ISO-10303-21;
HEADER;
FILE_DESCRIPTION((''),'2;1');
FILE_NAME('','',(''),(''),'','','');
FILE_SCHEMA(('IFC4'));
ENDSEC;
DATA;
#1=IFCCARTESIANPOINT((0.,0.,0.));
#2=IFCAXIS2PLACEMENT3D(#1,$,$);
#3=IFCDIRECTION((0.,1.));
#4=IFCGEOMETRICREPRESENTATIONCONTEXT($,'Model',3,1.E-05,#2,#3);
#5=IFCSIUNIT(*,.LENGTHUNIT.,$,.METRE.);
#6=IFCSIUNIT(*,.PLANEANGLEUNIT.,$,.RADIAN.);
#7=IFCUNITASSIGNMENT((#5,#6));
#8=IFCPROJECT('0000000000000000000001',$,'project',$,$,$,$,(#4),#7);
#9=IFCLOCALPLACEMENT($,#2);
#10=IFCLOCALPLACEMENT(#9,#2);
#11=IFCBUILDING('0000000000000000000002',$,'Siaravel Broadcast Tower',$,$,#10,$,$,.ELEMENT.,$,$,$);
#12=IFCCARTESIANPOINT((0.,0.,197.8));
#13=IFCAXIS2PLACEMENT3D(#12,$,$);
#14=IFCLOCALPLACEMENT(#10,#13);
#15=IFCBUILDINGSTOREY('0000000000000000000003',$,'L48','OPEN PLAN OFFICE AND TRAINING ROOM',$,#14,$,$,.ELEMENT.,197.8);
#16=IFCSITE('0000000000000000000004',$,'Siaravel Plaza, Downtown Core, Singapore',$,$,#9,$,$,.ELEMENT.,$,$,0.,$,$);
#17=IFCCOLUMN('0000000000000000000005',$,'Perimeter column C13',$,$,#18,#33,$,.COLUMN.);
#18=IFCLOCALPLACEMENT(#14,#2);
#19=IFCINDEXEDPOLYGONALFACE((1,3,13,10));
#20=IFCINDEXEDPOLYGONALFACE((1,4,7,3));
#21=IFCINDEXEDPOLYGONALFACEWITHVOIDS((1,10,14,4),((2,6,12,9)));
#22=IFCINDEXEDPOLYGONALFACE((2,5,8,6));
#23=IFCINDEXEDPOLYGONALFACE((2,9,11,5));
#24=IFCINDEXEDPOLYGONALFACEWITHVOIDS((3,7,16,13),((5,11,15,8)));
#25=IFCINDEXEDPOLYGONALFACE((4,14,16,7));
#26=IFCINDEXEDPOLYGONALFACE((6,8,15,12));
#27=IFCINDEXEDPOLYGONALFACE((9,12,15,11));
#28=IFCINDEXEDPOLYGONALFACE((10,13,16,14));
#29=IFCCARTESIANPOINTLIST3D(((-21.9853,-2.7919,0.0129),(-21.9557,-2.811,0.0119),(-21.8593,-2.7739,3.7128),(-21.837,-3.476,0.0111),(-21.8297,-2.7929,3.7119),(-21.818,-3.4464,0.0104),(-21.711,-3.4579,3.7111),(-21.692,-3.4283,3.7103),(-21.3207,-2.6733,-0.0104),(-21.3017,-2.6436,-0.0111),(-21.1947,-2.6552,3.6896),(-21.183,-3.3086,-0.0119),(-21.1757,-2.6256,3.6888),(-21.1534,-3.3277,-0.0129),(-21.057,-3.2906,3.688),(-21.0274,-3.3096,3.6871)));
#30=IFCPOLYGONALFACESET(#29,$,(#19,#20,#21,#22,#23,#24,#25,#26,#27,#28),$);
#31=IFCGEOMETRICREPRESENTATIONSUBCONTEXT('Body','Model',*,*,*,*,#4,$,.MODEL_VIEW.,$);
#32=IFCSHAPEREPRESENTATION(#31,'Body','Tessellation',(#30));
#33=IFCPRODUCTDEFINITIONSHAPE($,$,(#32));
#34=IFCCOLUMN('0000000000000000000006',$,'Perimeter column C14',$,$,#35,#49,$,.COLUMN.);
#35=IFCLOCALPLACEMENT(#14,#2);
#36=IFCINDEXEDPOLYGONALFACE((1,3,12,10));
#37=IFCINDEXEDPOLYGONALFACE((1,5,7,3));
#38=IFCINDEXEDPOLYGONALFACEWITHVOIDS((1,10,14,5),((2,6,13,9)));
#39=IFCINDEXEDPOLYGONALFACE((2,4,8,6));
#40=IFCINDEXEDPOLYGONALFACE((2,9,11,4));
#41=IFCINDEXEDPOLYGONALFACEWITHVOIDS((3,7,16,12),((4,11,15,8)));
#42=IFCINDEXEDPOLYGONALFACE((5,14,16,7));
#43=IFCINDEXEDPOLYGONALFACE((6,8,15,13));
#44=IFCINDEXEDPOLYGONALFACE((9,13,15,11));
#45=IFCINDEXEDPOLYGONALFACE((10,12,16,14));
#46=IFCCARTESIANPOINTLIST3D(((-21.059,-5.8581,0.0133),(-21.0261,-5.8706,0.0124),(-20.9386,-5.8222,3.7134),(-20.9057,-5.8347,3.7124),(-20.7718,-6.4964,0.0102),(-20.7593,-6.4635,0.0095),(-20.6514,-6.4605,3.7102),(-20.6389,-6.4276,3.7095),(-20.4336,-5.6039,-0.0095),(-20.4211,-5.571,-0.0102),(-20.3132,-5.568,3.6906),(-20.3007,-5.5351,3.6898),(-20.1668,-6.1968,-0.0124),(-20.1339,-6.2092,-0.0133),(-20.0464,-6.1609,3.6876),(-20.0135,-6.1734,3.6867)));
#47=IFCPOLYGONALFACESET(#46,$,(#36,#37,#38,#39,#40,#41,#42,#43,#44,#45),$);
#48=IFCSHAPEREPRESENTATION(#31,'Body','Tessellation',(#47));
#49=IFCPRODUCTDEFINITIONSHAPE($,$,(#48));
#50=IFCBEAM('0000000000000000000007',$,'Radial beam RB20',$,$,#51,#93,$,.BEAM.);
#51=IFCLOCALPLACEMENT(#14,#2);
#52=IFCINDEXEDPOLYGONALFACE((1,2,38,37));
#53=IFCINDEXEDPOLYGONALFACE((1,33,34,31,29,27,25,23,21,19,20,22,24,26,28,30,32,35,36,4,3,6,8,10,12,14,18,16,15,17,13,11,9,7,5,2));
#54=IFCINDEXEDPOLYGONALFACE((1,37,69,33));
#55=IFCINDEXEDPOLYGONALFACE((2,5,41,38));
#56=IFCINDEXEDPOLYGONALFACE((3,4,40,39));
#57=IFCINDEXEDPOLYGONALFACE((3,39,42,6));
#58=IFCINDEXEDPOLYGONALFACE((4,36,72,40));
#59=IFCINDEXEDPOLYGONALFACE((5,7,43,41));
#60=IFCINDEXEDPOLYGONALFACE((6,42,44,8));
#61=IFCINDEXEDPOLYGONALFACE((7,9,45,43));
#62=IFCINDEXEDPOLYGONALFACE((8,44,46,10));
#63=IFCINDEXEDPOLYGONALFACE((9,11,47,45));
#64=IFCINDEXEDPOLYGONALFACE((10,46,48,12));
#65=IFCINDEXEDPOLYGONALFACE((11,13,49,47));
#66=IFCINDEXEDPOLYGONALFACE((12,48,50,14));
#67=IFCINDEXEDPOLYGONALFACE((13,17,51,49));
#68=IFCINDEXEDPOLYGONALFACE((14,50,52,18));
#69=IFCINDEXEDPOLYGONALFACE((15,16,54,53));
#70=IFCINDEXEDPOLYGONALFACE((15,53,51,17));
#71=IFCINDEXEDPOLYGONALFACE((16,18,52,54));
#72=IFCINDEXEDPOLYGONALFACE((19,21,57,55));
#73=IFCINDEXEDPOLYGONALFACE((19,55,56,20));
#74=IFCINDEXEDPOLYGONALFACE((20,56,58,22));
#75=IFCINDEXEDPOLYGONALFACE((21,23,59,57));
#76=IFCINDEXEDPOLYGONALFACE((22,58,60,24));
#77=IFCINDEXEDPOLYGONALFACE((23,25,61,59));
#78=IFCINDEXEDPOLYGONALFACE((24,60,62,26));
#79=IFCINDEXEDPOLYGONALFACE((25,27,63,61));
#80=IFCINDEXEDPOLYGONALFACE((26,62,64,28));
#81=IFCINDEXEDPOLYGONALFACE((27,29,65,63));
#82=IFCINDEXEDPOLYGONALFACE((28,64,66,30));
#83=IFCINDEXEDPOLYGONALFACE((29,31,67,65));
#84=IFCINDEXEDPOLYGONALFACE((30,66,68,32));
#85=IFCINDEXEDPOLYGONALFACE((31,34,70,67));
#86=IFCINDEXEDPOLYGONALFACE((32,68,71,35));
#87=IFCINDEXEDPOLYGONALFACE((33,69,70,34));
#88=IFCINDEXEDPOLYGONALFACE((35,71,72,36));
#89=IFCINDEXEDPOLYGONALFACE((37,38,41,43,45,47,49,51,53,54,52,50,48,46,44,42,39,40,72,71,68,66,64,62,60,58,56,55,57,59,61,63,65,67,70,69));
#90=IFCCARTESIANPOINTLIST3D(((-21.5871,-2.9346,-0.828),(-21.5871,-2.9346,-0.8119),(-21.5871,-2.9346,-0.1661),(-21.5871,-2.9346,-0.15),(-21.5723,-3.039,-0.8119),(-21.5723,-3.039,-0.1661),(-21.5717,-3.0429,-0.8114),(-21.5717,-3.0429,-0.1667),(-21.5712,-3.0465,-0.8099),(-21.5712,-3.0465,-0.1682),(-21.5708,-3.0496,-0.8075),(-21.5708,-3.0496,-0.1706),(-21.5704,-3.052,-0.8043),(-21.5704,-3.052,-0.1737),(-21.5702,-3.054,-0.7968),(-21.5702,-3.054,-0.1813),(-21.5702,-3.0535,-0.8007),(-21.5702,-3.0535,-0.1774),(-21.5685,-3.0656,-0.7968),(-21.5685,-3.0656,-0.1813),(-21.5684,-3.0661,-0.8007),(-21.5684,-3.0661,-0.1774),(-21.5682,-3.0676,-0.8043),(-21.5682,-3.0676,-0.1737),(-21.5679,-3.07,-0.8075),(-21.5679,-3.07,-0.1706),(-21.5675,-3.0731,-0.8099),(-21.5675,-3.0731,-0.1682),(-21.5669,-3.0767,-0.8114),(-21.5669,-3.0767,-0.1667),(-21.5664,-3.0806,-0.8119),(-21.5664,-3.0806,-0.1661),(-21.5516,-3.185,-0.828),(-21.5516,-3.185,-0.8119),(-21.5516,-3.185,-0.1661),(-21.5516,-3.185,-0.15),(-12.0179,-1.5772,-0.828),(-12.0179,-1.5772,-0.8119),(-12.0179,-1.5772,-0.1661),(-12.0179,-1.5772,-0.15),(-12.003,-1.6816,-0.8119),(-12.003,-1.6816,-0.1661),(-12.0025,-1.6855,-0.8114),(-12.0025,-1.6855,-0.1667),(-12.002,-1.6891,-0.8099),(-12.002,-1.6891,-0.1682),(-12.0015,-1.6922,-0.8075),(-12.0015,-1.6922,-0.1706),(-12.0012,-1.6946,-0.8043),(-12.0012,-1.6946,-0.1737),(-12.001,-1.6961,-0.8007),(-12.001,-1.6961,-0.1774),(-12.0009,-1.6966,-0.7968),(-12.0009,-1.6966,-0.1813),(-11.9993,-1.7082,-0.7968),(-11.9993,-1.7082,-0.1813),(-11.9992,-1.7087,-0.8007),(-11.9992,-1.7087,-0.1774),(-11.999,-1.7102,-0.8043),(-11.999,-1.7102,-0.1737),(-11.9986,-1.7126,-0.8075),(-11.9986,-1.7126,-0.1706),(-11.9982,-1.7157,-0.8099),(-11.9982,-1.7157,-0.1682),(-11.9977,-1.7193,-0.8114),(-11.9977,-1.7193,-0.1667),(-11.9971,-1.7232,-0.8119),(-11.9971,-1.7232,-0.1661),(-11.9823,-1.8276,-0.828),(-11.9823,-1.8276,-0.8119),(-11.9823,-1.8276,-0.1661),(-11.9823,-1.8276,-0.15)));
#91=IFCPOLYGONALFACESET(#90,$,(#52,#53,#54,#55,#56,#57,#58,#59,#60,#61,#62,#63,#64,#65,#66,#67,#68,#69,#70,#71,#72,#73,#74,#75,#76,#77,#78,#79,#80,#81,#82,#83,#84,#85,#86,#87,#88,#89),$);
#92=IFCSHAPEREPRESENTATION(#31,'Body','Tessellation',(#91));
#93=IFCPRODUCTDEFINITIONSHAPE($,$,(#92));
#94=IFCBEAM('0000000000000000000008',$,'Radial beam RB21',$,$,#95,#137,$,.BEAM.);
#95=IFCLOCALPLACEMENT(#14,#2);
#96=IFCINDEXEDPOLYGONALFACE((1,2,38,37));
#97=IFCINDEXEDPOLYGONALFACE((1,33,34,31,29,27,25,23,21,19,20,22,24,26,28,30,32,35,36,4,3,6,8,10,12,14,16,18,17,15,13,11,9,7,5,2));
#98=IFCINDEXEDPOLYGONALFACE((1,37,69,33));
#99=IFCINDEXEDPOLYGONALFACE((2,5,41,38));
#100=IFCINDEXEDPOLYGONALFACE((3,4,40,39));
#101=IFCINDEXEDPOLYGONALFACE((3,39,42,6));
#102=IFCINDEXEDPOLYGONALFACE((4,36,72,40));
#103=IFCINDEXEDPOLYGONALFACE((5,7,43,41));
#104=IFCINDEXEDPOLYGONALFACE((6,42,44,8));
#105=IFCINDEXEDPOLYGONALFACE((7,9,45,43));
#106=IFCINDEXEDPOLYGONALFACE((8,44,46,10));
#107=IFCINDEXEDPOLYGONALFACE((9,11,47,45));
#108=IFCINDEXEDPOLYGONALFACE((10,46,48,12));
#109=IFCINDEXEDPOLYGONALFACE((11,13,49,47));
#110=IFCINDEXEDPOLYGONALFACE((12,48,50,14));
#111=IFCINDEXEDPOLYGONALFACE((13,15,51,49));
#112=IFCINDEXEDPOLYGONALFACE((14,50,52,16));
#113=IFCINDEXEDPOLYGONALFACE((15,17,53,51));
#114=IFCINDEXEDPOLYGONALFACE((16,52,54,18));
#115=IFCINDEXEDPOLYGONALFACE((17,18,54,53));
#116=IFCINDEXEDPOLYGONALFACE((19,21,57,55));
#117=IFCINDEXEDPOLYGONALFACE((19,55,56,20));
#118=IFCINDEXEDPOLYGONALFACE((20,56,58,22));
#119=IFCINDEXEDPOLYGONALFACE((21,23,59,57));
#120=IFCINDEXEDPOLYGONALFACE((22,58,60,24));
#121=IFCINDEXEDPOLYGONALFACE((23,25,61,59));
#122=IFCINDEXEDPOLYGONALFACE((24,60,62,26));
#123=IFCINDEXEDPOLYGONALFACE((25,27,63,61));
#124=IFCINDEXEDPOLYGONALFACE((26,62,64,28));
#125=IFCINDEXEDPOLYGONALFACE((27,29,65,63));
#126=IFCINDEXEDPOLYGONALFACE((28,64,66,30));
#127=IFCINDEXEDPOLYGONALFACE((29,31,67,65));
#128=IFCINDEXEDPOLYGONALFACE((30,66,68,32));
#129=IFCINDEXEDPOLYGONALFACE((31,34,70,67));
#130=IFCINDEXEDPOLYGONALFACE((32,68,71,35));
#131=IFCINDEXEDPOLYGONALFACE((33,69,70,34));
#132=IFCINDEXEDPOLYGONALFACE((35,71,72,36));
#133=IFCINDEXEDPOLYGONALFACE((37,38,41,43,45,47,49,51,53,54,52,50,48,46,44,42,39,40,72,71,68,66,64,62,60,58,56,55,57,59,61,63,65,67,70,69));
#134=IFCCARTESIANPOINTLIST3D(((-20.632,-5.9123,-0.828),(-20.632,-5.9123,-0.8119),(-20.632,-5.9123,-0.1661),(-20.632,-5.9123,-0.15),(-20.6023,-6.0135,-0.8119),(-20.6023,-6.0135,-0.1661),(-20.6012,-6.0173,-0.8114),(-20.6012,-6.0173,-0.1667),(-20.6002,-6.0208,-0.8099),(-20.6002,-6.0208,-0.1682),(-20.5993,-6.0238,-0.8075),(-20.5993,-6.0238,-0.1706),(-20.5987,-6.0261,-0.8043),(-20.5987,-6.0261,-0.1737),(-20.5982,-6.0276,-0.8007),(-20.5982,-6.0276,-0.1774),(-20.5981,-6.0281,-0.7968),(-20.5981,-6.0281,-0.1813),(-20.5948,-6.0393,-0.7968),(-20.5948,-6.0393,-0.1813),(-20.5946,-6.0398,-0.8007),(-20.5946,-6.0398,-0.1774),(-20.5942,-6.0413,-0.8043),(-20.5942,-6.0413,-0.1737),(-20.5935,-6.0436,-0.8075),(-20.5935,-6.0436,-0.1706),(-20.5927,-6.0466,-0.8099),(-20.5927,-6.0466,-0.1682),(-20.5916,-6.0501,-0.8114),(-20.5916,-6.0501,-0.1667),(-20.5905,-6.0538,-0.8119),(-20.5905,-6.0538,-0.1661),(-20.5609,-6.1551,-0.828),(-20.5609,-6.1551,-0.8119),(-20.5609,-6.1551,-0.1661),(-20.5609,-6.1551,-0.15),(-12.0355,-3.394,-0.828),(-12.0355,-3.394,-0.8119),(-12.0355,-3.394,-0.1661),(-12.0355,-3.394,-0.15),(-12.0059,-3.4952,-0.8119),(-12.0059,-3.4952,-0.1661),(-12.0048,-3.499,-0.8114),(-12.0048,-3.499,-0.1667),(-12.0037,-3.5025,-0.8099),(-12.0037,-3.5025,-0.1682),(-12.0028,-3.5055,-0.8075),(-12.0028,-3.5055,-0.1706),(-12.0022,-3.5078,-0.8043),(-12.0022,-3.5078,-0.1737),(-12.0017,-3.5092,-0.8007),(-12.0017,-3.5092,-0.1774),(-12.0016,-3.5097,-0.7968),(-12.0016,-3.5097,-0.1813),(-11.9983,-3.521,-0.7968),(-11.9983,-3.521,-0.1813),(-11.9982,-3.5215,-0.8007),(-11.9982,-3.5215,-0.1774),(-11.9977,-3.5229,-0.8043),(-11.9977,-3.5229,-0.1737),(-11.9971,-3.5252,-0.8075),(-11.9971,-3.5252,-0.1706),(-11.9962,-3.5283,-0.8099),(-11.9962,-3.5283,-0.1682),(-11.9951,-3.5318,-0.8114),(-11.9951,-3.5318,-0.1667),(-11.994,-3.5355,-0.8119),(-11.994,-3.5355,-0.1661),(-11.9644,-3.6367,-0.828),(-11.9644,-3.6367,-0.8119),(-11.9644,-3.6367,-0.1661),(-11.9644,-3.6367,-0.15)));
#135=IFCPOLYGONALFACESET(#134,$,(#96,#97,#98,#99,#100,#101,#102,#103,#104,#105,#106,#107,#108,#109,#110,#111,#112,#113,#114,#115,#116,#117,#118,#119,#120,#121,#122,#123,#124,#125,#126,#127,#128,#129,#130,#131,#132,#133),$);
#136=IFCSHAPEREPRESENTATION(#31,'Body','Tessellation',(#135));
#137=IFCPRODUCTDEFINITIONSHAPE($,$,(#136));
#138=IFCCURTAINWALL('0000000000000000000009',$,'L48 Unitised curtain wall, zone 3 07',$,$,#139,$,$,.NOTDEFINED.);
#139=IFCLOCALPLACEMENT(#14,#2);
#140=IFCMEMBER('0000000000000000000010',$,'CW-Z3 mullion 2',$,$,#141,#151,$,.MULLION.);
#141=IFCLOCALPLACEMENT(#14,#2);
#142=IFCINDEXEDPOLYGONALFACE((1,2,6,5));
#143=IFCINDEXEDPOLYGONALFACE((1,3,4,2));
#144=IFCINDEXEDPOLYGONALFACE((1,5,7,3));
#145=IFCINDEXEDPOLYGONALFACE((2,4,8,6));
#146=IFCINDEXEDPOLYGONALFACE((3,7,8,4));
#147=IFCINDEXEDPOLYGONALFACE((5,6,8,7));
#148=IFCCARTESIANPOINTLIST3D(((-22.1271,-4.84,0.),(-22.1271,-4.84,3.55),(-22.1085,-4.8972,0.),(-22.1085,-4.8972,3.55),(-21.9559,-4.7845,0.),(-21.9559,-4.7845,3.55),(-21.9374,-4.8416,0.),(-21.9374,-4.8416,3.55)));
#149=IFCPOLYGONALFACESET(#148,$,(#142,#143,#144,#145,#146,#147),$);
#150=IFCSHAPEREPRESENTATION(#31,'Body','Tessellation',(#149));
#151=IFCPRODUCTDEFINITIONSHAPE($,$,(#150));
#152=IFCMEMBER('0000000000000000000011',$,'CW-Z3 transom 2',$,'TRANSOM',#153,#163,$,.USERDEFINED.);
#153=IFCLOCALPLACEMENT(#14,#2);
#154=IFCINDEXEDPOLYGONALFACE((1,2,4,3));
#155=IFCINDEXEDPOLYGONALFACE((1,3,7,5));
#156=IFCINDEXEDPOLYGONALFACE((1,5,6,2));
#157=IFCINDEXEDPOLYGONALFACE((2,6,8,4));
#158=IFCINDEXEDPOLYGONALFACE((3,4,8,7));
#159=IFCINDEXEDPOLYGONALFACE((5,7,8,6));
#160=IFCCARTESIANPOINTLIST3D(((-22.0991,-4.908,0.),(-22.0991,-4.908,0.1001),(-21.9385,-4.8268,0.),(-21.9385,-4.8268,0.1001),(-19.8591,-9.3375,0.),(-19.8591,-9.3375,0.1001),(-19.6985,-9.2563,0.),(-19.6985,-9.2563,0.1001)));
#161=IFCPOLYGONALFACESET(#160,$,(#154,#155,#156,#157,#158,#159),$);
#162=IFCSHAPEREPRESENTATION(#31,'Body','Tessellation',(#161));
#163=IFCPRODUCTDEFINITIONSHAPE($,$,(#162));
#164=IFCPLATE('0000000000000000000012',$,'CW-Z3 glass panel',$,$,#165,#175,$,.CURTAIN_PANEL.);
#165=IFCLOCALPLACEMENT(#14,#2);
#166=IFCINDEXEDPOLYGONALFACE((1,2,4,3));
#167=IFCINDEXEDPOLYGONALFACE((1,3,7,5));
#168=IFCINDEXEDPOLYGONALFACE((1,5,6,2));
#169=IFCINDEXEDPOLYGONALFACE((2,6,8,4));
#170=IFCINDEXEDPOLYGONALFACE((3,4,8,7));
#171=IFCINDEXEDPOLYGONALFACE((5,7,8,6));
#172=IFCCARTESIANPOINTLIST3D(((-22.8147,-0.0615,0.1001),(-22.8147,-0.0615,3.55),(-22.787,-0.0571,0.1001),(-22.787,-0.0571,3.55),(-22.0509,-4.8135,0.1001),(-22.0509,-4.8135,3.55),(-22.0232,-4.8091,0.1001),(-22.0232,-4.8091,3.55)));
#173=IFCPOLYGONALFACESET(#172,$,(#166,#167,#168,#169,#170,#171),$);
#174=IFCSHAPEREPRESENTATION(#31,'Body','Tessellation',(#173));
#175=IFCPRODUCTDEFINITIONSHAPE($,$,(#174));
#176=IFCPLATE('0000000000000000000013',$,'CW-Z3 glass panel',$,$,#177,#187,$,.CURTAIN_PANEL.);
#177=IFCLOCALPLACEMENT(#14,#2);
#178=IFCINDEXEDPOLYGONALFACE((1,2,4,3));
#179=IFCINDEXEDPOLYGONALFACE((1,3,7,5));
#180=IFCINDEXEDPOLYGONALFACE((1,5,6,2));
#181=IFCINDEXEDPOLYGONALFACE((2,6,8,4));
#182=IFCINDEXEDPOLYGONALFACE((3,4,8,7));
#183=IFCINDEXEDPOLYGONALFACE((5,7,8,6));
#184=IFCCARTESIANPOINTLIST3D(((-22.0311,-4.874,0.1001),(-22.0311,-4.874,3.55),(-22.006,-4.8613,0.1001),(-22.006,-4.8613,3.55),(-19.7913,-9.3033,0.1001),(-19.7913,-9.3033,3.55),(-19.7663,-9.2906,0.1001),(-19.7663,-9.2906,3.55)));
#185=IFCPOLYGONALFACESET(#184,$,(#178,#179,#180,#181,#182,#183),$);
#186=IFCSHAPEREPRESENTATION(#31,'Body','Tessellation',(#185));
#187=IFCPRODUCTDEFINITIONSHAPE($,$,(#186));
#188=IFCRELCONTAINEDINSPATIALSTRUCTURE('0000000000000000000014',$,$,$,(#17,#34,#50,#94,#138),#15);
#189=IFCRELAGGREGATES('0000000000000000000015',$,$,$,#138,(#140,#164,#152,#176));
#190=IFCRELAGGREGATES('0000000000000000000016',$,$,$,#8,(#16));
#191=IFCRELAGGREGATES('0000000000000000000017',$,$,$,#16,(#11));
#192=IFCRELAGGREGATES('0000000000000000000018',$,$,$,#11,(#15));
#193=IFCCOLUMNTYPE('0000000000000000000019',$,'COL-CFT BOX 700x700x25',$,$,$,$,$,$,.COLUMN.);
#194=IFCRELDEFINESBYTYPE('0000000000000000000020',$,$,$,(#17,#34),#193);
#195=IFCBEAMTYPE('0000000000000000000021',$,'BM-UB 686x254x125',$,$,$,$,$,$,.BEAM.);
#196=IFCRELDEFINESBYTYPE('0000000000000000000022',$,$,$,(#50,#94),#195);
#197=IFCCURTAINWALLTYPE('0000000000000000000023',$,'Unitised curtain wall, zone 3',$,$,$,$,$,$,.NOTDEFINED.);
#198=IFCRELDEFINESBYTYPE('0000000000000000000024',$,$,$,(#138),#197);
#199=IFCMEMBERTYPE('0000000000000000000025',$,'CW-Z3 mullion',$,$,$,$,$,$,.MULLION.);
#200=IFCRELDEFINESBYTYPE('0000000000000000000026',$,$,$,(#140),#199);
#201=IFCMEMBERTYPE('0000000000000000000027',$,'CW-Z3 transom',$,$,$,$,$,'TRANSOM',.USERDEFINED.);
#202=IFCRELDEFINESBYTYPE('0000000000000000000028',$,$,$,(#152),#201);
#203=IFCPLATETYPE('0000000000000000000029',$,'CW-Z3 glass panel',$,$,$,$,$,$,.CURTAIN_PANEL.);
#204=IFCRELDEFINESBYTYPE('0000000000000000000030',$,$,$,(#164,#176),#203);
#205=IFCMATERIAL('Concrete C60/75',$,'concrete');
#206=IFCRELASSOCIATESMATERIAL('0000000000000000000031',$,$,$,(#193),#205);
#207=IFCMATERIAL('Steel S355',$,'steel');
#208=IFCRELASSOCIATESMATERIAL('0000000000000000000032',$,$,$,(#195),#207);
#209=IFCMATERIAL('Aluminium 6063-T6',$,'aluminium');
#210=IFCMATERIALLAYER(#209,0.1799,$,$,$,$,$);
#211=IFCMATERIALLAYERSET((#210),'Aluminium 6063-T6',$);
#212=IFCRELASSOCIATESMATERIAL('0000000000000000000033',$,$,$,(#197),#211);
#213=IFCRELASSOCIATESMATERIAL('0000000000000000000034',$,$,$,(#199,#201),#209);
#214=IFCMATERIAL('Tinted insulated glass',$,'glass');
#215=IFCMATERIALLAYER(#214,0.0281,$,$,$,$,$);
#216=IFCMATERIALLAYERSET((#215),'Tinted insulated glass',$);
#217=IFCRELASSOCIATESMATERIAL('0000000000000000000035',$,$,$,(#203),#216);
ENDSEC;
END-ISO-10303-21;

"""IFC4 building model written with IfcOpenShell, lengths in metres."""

from ifc_helpers import new_model, si_unit, direction, frame, origin, origin_2d, place, context, subcontext, project, spatial, rectangle, hollow_rectangle, i_section, extrude, material, layer, layer_set, material_profile, profile_set, type_object, element, aggregate, save


model = new_model("IFC4")

# Units and contexts
model_context = context("Model", 3, precision=1e-05, world=origin(), true_north=direction((0.0, 1.0)))
body_context = subcontext(model_context, "Body", "Model", "MODEL_VIEW")
ifc_project = project(units=[si_unit("LENGTHUNIT", "METRE"), si_unit("PLANEANGLEUNIT", "RADIAN")], contexts=[model_context])

# Site, building, storey
site_placement = place(None, origin())
site = spatial("IfcSite", under=ifc_project, at=site_placement, Name="Siaravel Plaza, Downtown Core, Singapore", CompositionType="ELEMENT", RefElevation=0.0)
building_placement = place(site_placement, origin())
building = spatial("IfcBuilding", under=site, at=building_placement, Name="Siaravel Broadcast Tower", CompositionType="ELEMENT")
storey_placement = place(building_placement, frame((0.0, 0.0, 197.8)))
storey = spatial("IfcBuildingStorey", under=building, at=storey_placement, Name="L48", Description="OPEN PLAN OFFICE AND TRAINING ROOM", CompositionType="ELEMENT", Elevation=197.8)

# Columns
ifc_material_1 = material(Name="Concrete C60/75", Category="concrete")
ifc_material_profile_1 = material_profile(ifc_material_1, hollow_rectangle(XDim=0.7, YDim=0.7, WallThickness=0.0249, at=origin_2d()))
ifc_profile_set_1 = profile_set([ifc_material_profile_1], Name="Concrete C60/75")
column_type = type_object("IfcColumnType", Name="COL-CFT BOX 700x700x25", PredefinedType="COLUMN", material=ifc_profile_set_1)
for number, where, z_axis, x_axis, name in (
    (1, (-21.5693, -3.0598, 0.0), (0.034028, 0.00488, 0.999409), (-0.211884, 0.977292, 0.002442), "Perimeter column C13"),
    (2, (-20.5964, -6.0337, 0.0), (0.032512, 0.009694, 0.999424), (-0.410379, 0.911904, 0.004505), "Perimeter column C14"),
):
    element("IfcColumn", number, at=place(storey_placement, frame(where, z_axis=z_axis, x_axis=x_axis)), inside=storey, type_object=column_type, Name=name, PredefinedType="COLUMN", context=body_context, shape_type="SweptSolid", body=[
        extrude(hollow_rectangle(XDim=0.7, YDim=0.7, WallThickness=0.0249, at=origin_2d()), origin(), (0.0, 0.0, 1.0), 3.7021),
    ])

# Beams
ifc_material_2 = material(Name="Steel S355", Category="steel")
ifc_material_profile_2 = material_profile(ifc_material_2, i_section(OverallWidth=0.2529, OverallDepth=0.678, WebThickness=0.0117, FlangeThickness=0.0161, FilletRadius=0.0151, at=origin_2d()))
ifc_profile_set_2 = profile_set([ifc_material_profile_2], Name="Steel S355")
beam_type = type_object("IfcBeamType", Name="BM-UB 686x254x125", PredefinedType="BEAM", material=ifc_profile_set_2)
beam_1_placement = place(storey_placement, frame((-21.5693, -3.0598, -0.489), z_axis=(0.990088, 0.140445, 0.0), x_axis=(-0.140445, 0.990088, 0.0)))
element("IfcBeam", 3, at=beam_1_placement, inside=storey, type_object=beam_type, Name="Radial beam RB20", PredefinedType="BEAM", context=body_context, shape_type="SweptSolid", body=[
    extrude(i_section(OverallWidth=0.2529, OverallDepth=0.678, WebThickness=0.0117, FlangeThickness=0.0161, FilletRadius=0.0151, at=origin_2d()), origin(), (0.0, 0.0, 1.0), 9.665),
])
beam_2_placement = place(storey_placement, frame((-20.5964, -6.0337, -0.489), z_axis=(0.959669, 0.281133, 0.0), x_axis=(-0.281133, 0.959669, 0.0)))
element("IfcBeam", 4, at=beam_2_placement, inside=storey, type_object=beam_type, Name="Radial beam RB21", PredefinedType="BEAM", context=body_context, shape_type="SweptSolid", body=[
    extrude(i_section(OverallWidth=0.2529, OverallDepth=0.678, WebThickness=0.0117, FlangeThickness=0.0161, FilletRadius=0.0151, at=origin_2d()), origin(), (0.0, 0.0, 1.0), 8.9578),
])

# Curtain wall, members, plates
ifc_material_3 = material(Name="Aluminium 6063-T6", Category="aluminium")
ifc_layer_1 = layer(ifc_material_3, 0.1799)
ifc_layer_set_1 = layer_set([ifc_layer_1], Name="Aluminium 6063-T6")
curtain_wall_type = type_object("IfcCurtainWallType", Name="Unitised curtain wall, zone 3", PredefinedType="NOTDEFINED", material=ifc_layer_set_1)
curtain_wall_placement = place(storey_placement, origin())
curtain_wall = element("IfcCurtainWall", 5, at=curtain_wall_placement, inside=storey, type_object=curtain_wall_type, Name="L48 Unitised curtain wall, zone 3 07", PredefinedType="NOTDEFINED")
ifc_material_profile_3 = material_profile(ifc_material_3, rectangle(XDim=0.1799, YDim=0.0601, at=origin_2d()))
ifc_profile_set_3 = profile_set([ifc_material_profile_3], Name="Aluminium 6063-T6")
member_type_1 = type_object("IfcMemberType", Name="CW-Z3 mullion", PredefinedType="MULLION", material=ifc_profile_set_3)
member_1_placement = place(storey_placement, frame((-22.0322, -4.8408, 0.0), z_axis=(0.0, 0.0, 1.0), x_axis=(0.951177, 0.308645, 0.0)))
member_1 = element("IfcMember", 6, at=member_1_placement, type_object=member_type_1, Name="CW-Z3 mullion 2", PredefinedType="MULLION", context=body_context, shape_type="SweptSolid", body=[
    extrude(rectangle(XDim=0.1799, YDim=0.0601, at=origin_2d()), origin(), (0.0, 0.0, 1.0), 3.55),
])
ifc_material_profile_4 = material_profile(ifc_material_3, rectangle(XDim=0.1799, YDim=0.1001, at=origin_2d()))
ifc_profile_set_4 = profile_set([ifc_material_profile_4], Name="Aluminium 6063-T6")
member_type_2 = type_object("IfcMemberType", Name="CW-Z3 transom", ElementType="TRANSOM", PredefinedType="USERDEFINED", material=ifc_profile_set_4)
member_2_placement = place(storey_placement, frame((-22.0188, -4.8674, 0.05), z_axis=(0.451282, -0.892382, 0.0), x_axis=(0.892382, 0.451282, 0.0)))
member_2 = element("IfcMember", 7, at=member_2_placement, type_object=member_type_2, Name="CW-Z3 transom 2", ObjectType="TRANSOM", PredefinedType="USERDEFINED", context=body_context, shape_type="SweptSolid", body=[
    extrude(rectangle(XDim=0.1799, YDim=0.1001, at=origin_2d()), origin(), (0.0, 0.0, 1.0), 4.9636),
])
ifc_material_4 = material(Name="Tinted insulated glass", Category="glass")
ifc_layer_2 = layer(ifc_material_4, 0.0281)
ifc_layer_set_2 = layer_set([ifc_layer_2], Name="Tinted insulated glass")
plate_type = type_object("IfcPlateType", Name="CW-Z3 glass panel", PredefinedType="CURTAIN_PANEL", material=ifc_layer_set_2)
plate_1_placement = place(storey_placement, frame((-22.4189, -2.4353, 0.1001), z_axis=(0.0, 0.0, 1.0), x_axis=(0.158685, -0.987329, 0.0)))
plate_1 = element("IfcPlate", 8, at=plate_1_placement, type_object=plate_type, Name="CW-Z3 glass panel", PredefinedType="CURTAIN_PANEL", context=body_context, shape_type="SweptSolid", body=[
    extrude(rectangle(XDim=4.813, YDim=0.0281, at=origin_2d()), origin(), (0.0, 0.0, 1.0), 3.45),
])
plate_2_placement = place(storey_placement, frame((-20.8987, -7.0823, 0.1001), z_axis=(0.0, 0.0, 1.0), x_axis=(0.451261, -0.892392, 0.0)))
plate_2 = element("IfcPlate", 9, at=plate_2_placement, type_object=plate_type, Name="CW-Z3 glass panel", PredefinedType="CURTAIN_PANEL", context=body_context, shape_type="SweptSolid", body=[
    extrude(rectangle(XDim=4.9634, YDim=0.0281, at=origin_2d()), origin(), (0.0, 0.0, 1.0), 3.45),
])
aggregate(curtain_wall, [member_1, plate_1, member_2, plate_2])

save(model, "model.ifc")
